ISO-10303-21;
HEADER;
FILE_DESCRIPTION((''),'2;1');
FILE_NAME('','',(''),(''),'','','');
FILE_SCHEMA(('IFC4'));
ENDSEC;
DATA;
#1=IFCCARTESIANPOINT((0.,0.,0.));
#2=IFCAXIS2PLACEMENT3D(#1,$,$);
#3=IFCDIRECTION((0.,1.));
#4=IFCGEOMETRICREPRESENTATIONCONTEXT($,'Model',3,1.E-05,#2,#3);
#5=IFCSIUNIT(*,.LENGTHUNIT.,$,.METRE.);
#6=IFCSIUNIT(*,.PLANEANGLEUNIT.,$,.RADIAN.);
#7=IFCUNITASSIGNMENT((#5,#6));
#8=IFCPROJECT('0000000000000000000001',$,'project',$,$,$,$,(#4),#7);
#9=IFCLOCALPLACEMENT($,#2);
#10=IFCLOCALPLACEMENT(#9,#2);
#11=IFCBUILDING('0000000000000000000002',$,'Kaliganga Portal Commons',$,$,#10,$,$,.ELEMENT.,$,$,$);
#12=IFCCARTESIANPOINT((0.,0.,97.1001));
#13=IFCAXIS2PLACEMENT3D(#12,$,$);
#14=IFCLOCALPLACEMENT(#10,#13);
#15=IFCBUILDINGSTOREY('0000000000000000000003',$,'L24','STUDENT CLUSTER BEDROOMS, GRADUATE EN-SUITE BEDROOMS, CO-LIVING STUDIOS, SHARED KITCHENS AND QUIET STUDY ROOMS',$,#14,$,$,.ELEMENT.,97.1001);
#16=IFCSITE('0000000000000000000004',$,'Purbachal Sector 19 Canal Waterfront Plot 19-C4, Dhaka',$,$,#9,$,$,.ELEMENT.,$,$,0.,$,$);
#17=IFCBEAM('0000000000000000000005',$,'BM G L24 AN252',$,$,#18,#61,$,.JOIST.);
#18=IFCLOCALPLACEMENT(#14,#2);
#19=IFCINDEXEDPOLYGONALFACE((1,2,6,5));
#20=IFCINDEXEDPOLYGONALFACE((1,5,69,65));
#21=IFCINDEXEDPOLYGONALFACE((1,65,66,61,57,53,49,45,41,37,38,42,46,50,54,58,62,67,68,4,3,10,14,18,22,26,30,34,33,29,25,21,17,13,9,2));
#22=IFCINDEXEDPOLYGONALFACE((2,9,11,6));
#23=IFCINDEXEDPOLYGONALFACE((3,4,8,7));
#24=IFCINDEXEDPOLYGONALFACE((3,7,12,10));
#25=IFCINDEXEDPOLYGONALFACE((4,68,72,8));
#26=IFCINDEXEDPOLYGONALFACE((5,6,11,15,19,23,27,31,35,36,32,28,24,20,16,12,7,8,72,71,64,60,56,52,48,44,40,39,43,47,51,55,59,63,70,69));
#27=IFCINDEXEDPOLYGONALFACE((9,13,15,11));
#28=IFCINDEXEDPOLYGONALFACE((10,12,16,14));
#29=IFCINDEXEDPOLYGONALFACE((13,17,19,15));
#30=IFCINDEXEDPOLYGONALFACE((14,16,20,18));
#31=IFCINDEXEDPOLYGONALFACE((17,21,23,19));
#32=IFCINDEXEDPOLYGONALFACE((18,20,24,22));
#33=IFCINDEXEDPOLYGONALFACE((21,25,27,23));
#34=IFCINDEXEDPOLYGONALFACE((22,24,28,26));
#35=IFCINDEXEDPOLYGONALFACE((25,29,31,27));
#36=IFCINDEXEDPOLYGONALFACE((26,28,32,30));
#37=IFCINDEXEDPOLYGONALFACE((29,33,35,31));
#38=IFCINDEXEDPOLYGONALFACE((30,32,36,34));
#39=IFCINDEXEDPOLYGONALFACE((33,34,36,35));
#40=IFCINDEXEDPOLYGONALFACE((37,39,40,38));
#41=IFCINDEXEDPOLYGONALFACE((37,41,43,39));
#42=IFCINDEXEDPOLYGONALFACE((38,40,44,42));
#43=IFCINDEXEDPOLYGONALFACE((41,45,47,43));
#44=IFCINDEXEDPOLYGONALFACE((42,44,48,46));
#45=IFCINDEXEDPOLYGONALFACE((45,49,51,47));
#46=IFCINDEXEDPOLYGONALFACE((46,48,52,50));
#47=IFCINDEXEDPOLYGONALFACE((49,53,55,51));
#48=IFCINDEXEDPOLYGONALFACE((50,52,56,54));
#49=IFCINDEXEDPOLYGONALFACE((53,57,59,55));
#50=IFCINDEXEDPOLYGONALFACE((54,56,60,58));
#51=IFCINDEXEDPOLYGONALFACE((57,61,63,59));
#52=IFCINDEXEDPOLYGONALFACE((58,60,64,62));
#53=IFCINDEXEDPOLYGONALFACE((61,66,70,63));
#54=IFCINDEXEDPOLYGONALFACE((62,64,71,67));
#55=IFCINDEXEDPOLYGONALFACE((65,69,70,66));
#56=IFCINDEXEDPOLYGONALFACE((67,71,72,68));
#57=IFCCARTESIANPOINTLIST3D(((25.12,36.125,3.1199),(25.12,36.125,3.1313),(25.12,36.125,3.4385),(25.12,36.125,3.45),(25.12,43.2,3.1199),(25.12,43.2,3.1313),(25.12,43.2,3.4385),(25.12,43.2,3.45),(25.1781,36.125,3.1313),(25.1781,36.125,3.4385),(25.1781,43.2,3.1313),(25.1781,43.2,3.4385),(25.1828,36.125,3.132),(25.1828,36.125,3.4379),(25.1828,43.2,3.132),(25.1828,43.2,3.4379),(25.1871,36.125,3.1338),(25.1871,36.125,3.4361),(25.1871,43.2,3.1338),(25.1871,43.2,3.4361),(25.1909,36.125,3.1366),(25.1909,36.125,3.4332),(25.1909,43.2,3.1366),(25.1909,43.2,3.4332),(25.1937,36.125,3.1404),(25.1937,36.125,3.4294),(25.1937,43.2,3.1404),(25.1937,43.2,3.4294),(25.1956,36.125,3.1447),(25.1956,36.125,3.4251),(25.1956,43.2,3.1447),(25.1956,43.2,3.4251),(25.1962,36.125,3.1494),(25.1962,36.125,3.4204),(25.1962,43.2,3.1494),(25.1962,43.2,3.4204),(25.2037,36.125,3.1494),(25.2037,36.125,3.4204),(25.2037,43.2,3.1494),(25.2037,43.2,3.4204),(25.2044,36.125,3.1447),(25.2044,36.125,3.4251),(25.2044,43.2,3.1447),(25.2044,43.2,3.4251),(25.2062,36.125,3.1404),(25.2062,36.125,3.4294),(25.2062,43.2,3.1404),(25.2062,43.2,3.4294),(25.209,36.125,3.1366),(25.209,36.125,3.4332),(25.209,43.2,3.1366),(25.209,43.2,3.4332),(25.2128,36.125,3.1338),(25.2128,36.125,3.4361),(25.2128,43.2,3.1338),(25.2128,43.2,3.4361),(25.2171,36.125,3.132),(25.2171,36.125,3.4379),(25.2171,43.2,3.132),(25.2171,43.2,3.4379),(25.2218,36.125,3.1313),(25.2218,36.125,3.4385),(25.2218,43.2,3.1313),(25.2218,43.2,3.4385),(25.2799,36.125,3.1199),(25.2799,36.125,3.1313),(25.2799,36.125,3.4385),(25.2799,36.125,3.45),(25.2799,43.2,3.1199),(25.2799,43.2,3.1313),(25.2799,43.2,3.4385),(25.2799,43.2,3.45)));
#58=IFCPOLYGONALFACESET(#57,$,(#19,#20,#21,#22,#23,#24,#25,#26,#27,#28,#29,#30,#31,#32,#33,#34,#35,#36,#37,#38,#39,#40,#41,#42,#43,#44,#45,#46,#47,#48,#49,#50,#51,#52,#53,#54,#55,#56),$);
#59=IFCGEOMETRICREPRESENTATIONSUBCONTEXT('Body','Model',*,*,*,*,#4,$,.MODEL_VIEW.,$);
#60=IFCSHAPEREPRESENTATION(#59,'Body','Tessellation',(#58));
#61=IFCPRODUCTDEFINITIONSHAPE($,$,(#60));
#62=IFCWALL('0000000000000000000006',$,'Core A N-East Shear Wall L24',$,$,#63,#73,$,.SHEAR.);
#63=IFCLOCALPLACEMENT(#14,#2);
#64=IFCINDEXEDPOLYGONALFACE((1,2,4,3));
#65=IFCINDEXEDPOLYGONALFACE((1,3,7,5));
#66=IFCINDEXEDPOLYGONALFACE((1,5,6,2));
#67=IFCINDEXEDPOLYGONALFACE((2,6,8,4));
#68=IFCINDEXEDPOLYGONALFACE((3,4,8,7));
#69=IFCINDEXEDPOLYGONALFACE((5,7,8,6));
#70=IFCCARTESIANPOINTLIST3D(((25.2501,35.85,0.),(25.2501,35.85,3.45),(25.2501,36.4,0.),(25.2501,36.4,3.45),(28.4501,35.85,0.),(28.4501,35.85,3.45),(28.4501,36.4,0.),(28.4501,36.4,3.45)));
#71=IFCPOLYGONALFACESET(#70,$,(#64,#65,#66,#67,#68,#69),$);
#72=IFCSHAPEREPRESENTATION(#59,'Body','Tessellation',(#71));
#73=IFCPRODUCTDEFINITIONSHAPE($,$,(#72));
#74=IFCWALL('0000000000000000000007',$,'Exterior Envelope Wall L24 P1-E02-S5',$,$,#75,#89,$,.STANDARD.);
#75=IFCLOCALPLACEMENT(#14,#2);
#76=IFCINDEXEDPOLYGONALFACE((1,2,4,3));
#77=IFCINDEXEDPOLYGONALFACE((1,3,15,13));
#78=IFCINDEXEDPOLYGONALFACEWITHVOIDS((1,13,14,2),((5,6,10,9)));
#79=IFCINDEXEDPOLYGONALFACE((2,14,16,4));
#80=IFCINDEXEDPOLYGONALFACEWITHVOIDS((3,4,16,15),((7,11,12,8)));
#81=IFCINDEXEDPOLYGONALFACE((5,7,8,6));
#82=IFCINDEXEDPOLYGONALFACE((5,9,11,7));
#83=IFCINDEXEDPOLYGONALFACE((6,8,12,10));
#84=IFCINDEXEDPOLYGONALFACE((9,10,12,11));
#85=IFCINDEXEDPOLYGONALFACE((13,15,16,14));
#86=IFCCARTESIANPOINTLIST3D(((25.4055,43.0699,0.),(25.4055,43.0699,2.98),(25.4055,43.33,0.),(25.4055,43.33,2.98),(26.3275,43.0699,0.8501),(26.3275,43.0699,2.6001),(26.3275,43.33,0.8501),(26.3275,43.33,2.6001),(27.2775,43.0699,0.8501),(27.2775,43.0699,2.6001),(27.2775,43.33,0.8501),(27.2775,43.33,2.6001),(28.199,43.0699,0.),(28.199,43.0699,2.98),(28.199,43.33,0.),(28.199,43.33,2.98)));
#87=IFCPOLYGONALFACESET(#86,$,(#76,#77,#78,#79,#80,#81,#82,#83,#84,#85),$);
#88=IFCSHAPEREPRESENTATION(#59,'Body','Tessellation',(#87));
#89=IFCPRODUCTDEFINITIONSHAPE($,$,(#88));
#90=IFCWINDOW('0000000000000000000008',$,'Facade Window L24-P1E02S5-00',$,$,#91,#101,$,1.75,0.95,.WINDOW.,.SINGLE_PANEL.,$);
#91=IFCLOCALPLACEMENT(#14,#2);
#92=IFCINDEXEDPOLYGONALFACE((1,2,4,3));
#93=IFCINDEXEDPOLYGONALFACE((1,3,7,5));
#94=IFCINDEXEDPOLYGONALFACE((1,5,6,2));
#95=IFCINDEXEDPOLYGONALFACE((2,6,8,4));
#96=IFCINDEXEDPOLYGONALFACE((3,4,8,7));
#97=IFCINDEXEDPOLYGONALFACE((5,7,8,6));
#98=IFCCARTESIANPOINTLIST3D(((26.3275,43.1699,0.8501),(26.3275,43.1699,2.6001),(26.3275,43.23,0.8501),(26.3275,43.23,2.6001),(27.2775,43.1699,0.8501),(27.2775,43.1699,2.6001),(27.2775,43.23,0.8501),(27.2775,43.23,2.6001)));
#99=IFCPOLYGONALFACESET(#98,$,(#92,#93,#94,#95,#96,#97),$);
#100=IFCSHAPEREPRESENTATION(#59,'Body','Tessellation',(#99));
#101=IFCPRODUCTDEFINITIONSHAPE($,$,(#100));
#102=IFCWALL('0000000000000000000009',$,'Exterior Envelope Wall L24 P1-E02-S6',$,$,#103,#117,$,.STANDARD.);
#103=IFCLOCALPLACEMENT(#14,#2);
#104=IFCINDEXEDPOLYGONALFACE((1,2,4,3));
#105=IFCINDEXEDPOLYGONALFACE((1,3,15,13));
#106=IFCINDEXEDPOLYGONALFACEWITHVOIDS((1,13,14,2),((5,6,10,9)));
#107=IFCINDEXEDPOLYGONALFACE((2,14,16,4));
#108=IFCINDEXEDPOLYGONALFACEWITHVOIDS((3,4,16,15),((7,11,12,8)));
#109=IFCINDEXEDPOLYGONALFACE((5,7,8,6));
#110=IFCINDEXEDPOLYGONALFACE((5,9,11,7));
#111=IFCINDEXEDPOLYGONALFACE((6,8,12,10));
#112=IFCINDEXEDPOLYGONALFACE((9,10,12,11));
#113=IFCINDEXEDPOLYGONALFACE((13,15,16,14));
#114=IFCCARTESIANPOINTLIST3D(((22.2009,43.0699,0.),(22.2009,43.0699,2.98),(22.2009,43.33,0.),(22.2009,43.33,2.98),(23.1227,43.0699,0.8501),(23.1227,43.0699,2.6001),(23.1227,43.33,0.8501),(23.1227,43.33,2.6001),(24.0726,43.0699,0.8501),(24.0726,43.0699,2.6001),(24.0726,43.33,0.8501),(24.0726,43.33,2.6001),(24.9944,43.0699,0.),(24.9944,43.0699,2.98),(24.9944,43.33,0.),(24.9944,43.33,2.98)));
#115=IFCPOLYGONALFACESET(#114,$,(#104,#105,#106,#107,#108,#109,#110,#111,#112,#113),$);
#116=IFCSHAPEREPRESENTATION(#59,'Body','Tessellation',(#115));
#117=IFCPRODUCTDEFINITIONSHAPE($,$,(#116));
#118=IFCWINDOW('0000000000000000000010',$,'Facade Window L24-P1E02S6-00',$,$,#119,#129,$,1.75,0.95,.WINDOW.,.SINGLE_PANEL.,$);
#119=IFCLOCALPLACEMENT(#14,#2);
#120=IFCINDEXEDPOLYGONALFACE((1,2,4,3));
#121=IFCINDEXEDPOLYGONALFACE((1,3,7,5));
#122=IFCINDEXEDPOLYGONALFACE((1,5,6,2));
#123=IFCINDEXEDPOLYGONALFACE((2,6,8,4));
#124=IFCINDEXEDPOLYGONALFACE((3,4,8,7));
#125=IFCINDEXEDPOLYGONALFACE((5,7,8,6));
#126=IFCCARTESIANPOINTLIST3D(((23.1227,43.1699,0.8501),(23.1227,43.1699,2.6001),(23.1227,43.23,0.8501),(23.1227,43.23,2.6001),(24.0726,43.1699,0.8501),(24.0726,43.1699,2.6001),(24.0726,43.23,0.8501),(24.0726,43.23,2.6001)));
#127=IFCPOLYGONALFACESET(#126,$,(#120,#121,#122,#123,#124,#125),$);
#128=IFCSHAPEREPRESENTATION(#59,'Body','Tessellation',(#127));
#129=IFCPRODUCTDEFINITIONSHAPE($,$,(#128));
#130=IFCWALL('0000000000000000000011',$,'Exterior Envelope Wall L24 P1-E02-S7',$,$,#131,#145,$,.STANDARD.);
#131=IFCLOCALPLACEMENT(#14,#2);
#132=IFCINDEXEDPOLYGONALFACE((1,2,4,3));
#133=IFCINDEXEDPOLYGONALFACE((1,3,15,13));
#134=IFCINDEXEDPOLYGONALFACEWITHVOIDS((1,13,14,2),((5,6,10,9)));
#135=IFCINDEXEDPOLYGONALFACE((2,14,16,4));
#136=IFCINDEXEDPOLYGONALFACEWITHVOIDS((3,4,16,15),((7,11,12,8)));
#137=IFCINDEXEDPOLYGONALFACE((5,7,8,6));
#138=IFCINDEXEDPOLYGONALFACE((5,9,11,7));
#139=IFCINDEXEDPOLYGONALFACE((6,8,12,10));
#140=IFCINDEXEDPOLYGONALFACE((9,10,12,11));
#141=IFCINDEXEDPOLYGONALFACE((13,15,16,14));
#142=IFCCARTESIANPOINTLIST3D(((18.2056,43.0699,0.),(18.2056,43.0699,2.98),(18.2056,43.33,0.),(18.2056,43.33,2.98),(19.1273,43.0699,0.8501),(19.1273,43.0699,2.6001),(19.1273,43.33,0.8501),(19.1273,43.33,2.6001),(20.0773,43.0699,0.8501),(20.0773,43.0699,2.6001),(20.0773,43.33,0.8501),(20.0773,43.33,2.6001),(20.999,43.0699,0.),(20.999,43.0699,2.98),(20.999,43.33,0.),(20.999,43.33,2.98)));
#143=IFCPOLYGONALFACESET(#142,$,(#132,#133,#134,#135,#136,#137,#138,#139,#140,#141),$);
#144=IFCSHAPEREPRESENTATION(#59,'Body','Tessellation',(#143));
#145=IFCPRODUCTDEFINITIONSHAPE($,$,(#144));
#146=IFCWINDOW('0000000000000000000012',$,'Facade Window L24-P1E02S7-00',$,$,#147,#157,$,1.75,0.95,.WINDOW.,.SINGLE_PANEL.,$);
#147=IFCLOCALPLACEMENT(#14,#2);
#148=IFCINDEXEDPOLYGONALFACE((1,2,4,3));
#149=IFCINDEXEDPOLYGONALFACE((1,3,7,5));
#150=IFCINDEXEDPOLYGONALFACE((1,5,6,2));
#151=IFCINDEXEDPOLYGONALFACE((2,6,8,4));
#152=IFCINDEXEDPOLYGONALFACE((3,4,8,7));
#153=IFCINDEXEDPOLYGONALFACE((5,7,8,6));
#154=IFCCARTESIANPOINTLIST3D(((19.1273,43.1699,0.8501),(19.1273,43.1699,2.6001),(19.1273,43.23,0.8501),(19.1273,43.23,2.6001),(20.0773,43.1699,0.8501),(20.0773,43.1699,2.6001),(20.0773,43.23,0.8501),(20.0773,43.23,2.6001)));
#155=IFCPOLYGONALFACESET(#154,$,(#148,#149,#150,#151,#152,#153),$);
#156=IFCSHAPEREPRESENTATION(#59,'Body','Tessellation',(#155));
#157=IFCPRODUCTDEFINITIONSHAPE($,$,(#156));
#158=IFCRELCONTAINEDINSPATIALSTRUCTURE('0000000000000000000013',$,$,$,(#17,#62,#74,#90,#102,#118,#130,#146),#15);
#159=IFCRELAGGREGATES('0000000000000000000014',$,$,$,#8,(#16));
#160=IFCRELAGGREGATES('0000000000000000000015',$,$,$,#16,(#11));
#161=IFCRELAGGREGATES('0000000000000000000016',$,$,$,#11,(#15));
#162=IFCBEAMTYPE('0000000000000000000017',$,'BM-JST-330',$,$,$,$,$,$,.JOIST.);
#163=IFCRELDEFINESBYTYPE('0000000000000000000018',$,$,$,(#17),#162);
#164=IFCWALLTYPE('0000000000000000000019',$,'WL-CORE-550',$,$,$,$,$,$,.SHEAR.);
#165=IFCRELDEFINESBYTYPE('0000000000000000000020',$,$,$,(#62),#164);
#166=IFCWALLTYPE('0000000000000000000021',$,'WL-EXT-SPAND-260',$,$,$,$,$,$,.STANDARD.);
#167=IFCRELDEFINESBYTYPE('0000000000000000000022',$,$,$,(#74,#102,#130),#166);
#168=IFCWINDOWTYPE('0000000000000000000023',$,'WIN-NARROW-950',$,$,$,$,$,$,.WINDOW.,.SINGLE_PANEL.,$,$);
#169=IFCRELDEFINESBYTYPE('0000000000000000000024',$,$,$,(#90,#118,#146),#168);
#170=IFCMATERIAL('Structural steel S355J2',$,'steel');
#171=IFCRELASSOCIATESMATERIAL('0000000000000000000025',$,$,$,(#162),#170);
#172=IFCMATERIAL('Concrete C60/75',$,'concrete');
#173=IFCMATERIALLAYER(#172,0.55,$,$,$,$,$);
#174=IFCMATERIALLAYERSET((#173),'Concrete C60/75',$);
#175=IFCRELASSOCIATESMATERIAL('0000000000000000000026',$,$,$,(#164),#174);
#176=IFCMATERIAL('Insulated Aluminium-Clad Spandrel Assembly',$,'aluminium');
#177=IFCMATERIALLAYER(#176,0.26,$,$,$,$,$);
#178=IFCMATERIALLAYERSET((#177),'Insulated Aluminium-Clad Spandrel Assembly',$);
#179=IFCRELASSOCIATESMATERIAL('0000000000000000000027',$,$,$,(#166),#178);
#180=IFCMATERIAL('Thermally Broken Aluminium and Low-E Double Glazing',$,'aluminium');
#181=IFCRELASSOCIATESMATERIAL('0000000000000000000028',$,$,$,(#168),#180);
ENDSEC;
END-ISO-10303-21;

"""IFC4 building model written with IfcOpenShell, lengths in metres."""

from ifc_helpers import new_model, si_unit, direction, frame, frame_2d, origin, origin_2d, place, context, subcontext, project, spatial, rectangle, i_section, extrude, source, transform, mapped, material, layer, layer_set, material_profile, profile_set, type_object, element, fill, save


model = new_model("IFC4")

# Units and contexts
model_context = context("Model", 3, precision=1e-05, world=origin(), true_north=direction((0.0, 1.0)))
body_context = subcontext(model_context, "Body", "Model", "MODEL_VIEW")
ifc_project = project(units=[si_unit("LENGTHUNIT", "METRE"), si_unit("PLANEANGLEUNIT", "RADIAN")], contexts=[model_context])

# Site, building, storey
site_placement = place(None, origin())
site = spatial("IfcSite", under=ifc_project, at=site_placement, Name="Purbachal Sector 19 Canal Waterfront Plot 19-C4, Dhaka", CompositionType="ELEMENT", RefElevation=0.0)
building_placement = place(site_placement, origin())
building = spatial("IfcBuilding", under=site, at=building_placement, Name="Kaliganga Portal Commons", CompositionType="ELEMENT")
storey_placement = place(building_placement, frame((0.0, 0.0, 97.1001)))
storey = spatial("IfcBuildingStorey", under=building, at=storey_placement, Name="L24", Description="STUDENT CLUSTER BEDROOMS, GRADUATE EN-SUITE BEDROOMS, CO-LIVING STUDIOS, SHARED KITCHENS AND QUIET STUDY ROOMS", CompositionType="ELEMENT", Elevation=97.1001)

# Shared definitions
ifc_material_1 = material(Name="Concrete C60/75", Category="concrete")

# Beam
ifc_material_2 = material(Name="Structural steel S355J2", Category="steel")
ifc_material_profile_1 = material_profile(ifc_material_2, i_section(OverallWidth=0.1599, OverallDepth=0.3301, WebThickness=0.0076, FlangeThickness=0.0115, FilletRadius=0.0181, at=origin_2d()), Name="IPE 330")
ifc_profile_set_1 = profile_set([ifc_material_profile_1], Name="Structural steel S355J2 wide-flange")
beam_type_1 = type_object("IfcBeamType", Name="BM-JST-330", PredefinedType="JOIST", material=ifc_profile_set_1)
shared_shape_1 = source(origin(), body_context, "Body", "SweptSolid", [
    extrude(i_section(OverallWidth=0.1599, OverallDepth=0.3301, WebThickness=0.0076, FlangeThickness=0.0115, FilletRadius=0.0181, at=origin_2d()), origin(), (0.0, 0.0, 1.0), 7.075),
])
beam_1_placement = place(storey_placement, frame((25.2, 36.125, 3.2849), z_axis=(0.0, 1.0, 0.0), x_axis=(-1.0, 0.0, 0.0)))
element("IfcBeam", 1, at=beam_1_placement, inside=storey, type_object=beam_type_1, Name="BM G L24 AN252", PredefinedType="JOIST", context=body_context, shape_type="MappedRepresentation", body=[
    mapped(shared_shape_1, transform((0.0, 0.0, 0.0), x_axis=(1.0, 0.0, 0.0), y_axis=(0.0, 1.0, 0.0), z_axis=(0.0, 0.0, 1.0), scale=1.0)),
])

# Wall
ifc_layer_1 = layer(ifc_material_1, 0.55)
ifc_layer_set_1 = layer_set([ifc_layer_1], Name="Concrete C60/75")
wall_type_1 = type_object("IfcWallType", Name="WL-CORE-550", PredefinedType="SHEAR", material=ifc_layer_set_1)
wall_1_placement = place(storey_placement, frame((25.25, 36.125, 0.0), z_axis=(0.0, 0.0, 1.0), x_axis=(1.0, 0.0, 0.0)))
element("IfcWall", 2, at=wall_1_placement, inside=storey, type_object=wall_type_1, Name="Core A N-East Shear Wall L24", PredefinedType="SHEAR", context=body_context, shape_type="SweptSolid", body=[
    extrude(rectangle(XDim=3.2, YDim=0.55, at=frame_2d((1.6001, 0.0))), origin(), (0.0, 0.0, 1.0), 3.45),
])

# Walls, openings, windows
ifc_material_3 = material(Name="Insulated Aluminium-Clad Spandrel Assembly", Category="aluminium")
ifc_layer_2 = layer(ifc_material_3, 0.26)
ifc_layer_set_2 = layer_set([ifc_layer_2], Name="Insulated Aluminium-Clad Spandrel Assembly")
wall_type_2 = type_object("IfcWallType", Name="WL-EXT-SPAND-260", PredefinedType="STANDARD", material=ifc_layer_set_2)
wall_2_placement = place(storey_placement, frame((25.4055, 43.2, 0.0), z_axis=(0.0, 0.0, 1.0), x_axis=(1.0, 0.0, 0.0)))
wall_2 = element("IfcWall", 3, at=wall_2_placement, inside=storey, type_object=wall_type_2, Name="Exterior Envelope Wall L24 P1-E02-S5", PredefinedType="STANDARD", context=body_context, shape_type="SweptSolid", body=[
    extrude(rectangle(XDim=2.7935, YDim=0.26, at=frame_2d((1.3967, 0.0))), origin(), (0.0, 0.0, 1.0), 2.98),
])
opening_1_placement = place(wall_2_placement, frame((0.9219, 0.0, 0.8501)))
opening_1 = element("IfcOpeningElement", 4, at=opening_1_placement, cuts=wall_2, PredefinedType="OPENING", context=body_context, shape_type="SweptSolid", body=[
    extrude(rectangle(XDim=0.95, YDim=1.75, at=frame_2d((0.4751, 0.875))), frame((0.0, 0.1401, 0.0), z_axis=(0.0, -1.0, 0.0), x_axis=(1.0, 0.0, 0.0)), (0.0, 0.0, 1.0), 0.28),
])
ifc_material_4 = material(Name="Thermally Broken Aluminium and Low-E Double Glazing", Category="aluminium")
window_type = type_object("IfcWindowType", Name="WIN-NARROW-950", PartitioningType="SINGLE_PANEL", PredefinedType="WINDOW", material=ifc_material_4)
window_1_placement = place(opening_1_placement, origin())
window_1 = element("IfcWindow", 5, at=window_1_placement, inside=storey, type_object=window_type, Name="Facade Window L24-P1E02S5-00", OverallHeight=1.75, OverallWidth=0.95, PartitioningType="SINGLE_PANEL", PredefinedType="WINDOW", context=body_context, shape_type="SweptSolid", body=[
    extrude(rectangle(XDim=0.95, YDim=1.75, at=frame_2d((0.4751, 0.875))), frame((0.0, 0.03, 0.0), z_axis=(0.0, -1.0, 0.0), x_axis=(1.0, 0.0, 0.0)), (0.0, 0.0, 1.0), 0.0601),
])
fill(opening_1, window_1)
wall_3_placement = place(storey_placement, frame((22.2009, 43.2, 0.0), z_axis=(0.0, 0.0, 1.0), x_axis=(1.0, 0.0, 0.0)))
wall_3 = element("IfcWall", 6, at=wall_3_placement, inside=storey, type_object=wall_type_2, Name="Exterior Envelope Wall L24 P1-E02-S6", PredefinedType="STANDARD", context=body_context, shape_type="SweptSolid", body=[
    extrude(rectangle(XDim=2.7935, YDim=0.26, at=frame_2d((1.3967, 0.0))), origin(), (0.0, 0.0, 1.0), 2.98),
])
opening_2_placement = place(wall_3_placement, frame((0.9216, 0.0, 0.8501)))
opening_2 = element("IfcOpeningElement", 7, at=opening_2_placement, cuts=wall_3, PredefinedType="OPENING", context=body_context, shape_type="SweptSolid", body=[
    extrude(rectangle(XDim=0.95, YDim=1.75, at=frame_2d((0.4751, 0.875))), frame((0.0, 0.1401, 0.0), z_axis=(0.0, -1.0, 0.0), x_axis=(1.0, 0.0, 0.0)), (0.0, 0.0, 1.0), 0.28),
])
window_2_placement = place(opening_2_placement, origin())
window_2 = element("IfcWindow", 8, at=window_2_placement, inside=storey, type_object=window_type, Name="Facade Window L24-P1E02S6-00", OverallHeight=1.75, OverallWidth=0.95, PartitioningType="SINGLE_PANEL", PredefinedType="WINDOW", context=body_context, shape_type="SweptSolid", body=[
    extrude(rectangle(XDim=0.95, YDim=1.75, at=frame_2d((0.4751, 0.875))), frame((0.0, 0.03, 0.0), z_axis=(0.0, -1.0, 0.0), x_axis=(1.0, 0.0, 0.0)), (0.0, 0.0, 1.0), 0.0601),
])
fill(opening_2, window_2)
wall_4_placement = place(storey_placement, frame((18.2056, 43.2, 0.0), z_axis=(0.0, 0.0, 1.0), x_axis=(1.0, 0.0, 0.0)))
wall_4 = element("IfcWall", 9, at=wall_4_placement, inside=storey, type_object=wall_type_2, Name="Exterior Envelope Wall L24 P1-E02-S7", PredefinedType="STANDARD", context=body_context, shape_type="SweptSolid", body=[
    extrude(rectangle(XDim=2.7935, YDim=0.26, at=frame_2d((1.3967, 0.0))), origin(), (0.0, 0.0, 1.0), 2.98),
])
opening_3_placement = place(wall_4_placement, frame((0.9216, 0.0, 0.8501)))
opening_3 = element("IfcOpeningElement", 10, at=opening_3_placement, cuts=wall_4, PredefinedType="OPENING", context=body_context, shape_type="SweptSolid", body=[
    extrude(rectangle(XDim=0.95, YDim=1.75, at=frame_2d((0.4751, 0.875))), frame((0.0, 0.1401, 0.0), z_axis=(0.0, -1.0, 0.0), x_axis=(1.0, 0.0, 0.0)), (0.0, 0.0, 1.0), 0.28),
])
window_3_placement = place(opening_3_placement, origin())
window_3 = element("IfcWindow", 11, at=window_3_placement, inside=storey, type_object=window_type, Name="Facade Window L24-P1E02S7-00", OverallHeight=1.75, OverallWidth=0.95, PartitioningType="SINGLE_PANEL", PredefinedType="WINDOW", context=body_context, shape_type="SweptSolid", body=[
    extrude(rectangle(XDim=0.95, YDim=1.75, at=frame_2d((0.4751, 0.875))), frame((0.0, 0.03, 0.0), z_axis=(0.0, -1.0, 0.0), x_axis=(1.0, 0.0, 0.0)), (0.0, 0.0, 1.0), 0.0601),
])
fill(opening_3, window_3)

save(model, "model.ifc")
